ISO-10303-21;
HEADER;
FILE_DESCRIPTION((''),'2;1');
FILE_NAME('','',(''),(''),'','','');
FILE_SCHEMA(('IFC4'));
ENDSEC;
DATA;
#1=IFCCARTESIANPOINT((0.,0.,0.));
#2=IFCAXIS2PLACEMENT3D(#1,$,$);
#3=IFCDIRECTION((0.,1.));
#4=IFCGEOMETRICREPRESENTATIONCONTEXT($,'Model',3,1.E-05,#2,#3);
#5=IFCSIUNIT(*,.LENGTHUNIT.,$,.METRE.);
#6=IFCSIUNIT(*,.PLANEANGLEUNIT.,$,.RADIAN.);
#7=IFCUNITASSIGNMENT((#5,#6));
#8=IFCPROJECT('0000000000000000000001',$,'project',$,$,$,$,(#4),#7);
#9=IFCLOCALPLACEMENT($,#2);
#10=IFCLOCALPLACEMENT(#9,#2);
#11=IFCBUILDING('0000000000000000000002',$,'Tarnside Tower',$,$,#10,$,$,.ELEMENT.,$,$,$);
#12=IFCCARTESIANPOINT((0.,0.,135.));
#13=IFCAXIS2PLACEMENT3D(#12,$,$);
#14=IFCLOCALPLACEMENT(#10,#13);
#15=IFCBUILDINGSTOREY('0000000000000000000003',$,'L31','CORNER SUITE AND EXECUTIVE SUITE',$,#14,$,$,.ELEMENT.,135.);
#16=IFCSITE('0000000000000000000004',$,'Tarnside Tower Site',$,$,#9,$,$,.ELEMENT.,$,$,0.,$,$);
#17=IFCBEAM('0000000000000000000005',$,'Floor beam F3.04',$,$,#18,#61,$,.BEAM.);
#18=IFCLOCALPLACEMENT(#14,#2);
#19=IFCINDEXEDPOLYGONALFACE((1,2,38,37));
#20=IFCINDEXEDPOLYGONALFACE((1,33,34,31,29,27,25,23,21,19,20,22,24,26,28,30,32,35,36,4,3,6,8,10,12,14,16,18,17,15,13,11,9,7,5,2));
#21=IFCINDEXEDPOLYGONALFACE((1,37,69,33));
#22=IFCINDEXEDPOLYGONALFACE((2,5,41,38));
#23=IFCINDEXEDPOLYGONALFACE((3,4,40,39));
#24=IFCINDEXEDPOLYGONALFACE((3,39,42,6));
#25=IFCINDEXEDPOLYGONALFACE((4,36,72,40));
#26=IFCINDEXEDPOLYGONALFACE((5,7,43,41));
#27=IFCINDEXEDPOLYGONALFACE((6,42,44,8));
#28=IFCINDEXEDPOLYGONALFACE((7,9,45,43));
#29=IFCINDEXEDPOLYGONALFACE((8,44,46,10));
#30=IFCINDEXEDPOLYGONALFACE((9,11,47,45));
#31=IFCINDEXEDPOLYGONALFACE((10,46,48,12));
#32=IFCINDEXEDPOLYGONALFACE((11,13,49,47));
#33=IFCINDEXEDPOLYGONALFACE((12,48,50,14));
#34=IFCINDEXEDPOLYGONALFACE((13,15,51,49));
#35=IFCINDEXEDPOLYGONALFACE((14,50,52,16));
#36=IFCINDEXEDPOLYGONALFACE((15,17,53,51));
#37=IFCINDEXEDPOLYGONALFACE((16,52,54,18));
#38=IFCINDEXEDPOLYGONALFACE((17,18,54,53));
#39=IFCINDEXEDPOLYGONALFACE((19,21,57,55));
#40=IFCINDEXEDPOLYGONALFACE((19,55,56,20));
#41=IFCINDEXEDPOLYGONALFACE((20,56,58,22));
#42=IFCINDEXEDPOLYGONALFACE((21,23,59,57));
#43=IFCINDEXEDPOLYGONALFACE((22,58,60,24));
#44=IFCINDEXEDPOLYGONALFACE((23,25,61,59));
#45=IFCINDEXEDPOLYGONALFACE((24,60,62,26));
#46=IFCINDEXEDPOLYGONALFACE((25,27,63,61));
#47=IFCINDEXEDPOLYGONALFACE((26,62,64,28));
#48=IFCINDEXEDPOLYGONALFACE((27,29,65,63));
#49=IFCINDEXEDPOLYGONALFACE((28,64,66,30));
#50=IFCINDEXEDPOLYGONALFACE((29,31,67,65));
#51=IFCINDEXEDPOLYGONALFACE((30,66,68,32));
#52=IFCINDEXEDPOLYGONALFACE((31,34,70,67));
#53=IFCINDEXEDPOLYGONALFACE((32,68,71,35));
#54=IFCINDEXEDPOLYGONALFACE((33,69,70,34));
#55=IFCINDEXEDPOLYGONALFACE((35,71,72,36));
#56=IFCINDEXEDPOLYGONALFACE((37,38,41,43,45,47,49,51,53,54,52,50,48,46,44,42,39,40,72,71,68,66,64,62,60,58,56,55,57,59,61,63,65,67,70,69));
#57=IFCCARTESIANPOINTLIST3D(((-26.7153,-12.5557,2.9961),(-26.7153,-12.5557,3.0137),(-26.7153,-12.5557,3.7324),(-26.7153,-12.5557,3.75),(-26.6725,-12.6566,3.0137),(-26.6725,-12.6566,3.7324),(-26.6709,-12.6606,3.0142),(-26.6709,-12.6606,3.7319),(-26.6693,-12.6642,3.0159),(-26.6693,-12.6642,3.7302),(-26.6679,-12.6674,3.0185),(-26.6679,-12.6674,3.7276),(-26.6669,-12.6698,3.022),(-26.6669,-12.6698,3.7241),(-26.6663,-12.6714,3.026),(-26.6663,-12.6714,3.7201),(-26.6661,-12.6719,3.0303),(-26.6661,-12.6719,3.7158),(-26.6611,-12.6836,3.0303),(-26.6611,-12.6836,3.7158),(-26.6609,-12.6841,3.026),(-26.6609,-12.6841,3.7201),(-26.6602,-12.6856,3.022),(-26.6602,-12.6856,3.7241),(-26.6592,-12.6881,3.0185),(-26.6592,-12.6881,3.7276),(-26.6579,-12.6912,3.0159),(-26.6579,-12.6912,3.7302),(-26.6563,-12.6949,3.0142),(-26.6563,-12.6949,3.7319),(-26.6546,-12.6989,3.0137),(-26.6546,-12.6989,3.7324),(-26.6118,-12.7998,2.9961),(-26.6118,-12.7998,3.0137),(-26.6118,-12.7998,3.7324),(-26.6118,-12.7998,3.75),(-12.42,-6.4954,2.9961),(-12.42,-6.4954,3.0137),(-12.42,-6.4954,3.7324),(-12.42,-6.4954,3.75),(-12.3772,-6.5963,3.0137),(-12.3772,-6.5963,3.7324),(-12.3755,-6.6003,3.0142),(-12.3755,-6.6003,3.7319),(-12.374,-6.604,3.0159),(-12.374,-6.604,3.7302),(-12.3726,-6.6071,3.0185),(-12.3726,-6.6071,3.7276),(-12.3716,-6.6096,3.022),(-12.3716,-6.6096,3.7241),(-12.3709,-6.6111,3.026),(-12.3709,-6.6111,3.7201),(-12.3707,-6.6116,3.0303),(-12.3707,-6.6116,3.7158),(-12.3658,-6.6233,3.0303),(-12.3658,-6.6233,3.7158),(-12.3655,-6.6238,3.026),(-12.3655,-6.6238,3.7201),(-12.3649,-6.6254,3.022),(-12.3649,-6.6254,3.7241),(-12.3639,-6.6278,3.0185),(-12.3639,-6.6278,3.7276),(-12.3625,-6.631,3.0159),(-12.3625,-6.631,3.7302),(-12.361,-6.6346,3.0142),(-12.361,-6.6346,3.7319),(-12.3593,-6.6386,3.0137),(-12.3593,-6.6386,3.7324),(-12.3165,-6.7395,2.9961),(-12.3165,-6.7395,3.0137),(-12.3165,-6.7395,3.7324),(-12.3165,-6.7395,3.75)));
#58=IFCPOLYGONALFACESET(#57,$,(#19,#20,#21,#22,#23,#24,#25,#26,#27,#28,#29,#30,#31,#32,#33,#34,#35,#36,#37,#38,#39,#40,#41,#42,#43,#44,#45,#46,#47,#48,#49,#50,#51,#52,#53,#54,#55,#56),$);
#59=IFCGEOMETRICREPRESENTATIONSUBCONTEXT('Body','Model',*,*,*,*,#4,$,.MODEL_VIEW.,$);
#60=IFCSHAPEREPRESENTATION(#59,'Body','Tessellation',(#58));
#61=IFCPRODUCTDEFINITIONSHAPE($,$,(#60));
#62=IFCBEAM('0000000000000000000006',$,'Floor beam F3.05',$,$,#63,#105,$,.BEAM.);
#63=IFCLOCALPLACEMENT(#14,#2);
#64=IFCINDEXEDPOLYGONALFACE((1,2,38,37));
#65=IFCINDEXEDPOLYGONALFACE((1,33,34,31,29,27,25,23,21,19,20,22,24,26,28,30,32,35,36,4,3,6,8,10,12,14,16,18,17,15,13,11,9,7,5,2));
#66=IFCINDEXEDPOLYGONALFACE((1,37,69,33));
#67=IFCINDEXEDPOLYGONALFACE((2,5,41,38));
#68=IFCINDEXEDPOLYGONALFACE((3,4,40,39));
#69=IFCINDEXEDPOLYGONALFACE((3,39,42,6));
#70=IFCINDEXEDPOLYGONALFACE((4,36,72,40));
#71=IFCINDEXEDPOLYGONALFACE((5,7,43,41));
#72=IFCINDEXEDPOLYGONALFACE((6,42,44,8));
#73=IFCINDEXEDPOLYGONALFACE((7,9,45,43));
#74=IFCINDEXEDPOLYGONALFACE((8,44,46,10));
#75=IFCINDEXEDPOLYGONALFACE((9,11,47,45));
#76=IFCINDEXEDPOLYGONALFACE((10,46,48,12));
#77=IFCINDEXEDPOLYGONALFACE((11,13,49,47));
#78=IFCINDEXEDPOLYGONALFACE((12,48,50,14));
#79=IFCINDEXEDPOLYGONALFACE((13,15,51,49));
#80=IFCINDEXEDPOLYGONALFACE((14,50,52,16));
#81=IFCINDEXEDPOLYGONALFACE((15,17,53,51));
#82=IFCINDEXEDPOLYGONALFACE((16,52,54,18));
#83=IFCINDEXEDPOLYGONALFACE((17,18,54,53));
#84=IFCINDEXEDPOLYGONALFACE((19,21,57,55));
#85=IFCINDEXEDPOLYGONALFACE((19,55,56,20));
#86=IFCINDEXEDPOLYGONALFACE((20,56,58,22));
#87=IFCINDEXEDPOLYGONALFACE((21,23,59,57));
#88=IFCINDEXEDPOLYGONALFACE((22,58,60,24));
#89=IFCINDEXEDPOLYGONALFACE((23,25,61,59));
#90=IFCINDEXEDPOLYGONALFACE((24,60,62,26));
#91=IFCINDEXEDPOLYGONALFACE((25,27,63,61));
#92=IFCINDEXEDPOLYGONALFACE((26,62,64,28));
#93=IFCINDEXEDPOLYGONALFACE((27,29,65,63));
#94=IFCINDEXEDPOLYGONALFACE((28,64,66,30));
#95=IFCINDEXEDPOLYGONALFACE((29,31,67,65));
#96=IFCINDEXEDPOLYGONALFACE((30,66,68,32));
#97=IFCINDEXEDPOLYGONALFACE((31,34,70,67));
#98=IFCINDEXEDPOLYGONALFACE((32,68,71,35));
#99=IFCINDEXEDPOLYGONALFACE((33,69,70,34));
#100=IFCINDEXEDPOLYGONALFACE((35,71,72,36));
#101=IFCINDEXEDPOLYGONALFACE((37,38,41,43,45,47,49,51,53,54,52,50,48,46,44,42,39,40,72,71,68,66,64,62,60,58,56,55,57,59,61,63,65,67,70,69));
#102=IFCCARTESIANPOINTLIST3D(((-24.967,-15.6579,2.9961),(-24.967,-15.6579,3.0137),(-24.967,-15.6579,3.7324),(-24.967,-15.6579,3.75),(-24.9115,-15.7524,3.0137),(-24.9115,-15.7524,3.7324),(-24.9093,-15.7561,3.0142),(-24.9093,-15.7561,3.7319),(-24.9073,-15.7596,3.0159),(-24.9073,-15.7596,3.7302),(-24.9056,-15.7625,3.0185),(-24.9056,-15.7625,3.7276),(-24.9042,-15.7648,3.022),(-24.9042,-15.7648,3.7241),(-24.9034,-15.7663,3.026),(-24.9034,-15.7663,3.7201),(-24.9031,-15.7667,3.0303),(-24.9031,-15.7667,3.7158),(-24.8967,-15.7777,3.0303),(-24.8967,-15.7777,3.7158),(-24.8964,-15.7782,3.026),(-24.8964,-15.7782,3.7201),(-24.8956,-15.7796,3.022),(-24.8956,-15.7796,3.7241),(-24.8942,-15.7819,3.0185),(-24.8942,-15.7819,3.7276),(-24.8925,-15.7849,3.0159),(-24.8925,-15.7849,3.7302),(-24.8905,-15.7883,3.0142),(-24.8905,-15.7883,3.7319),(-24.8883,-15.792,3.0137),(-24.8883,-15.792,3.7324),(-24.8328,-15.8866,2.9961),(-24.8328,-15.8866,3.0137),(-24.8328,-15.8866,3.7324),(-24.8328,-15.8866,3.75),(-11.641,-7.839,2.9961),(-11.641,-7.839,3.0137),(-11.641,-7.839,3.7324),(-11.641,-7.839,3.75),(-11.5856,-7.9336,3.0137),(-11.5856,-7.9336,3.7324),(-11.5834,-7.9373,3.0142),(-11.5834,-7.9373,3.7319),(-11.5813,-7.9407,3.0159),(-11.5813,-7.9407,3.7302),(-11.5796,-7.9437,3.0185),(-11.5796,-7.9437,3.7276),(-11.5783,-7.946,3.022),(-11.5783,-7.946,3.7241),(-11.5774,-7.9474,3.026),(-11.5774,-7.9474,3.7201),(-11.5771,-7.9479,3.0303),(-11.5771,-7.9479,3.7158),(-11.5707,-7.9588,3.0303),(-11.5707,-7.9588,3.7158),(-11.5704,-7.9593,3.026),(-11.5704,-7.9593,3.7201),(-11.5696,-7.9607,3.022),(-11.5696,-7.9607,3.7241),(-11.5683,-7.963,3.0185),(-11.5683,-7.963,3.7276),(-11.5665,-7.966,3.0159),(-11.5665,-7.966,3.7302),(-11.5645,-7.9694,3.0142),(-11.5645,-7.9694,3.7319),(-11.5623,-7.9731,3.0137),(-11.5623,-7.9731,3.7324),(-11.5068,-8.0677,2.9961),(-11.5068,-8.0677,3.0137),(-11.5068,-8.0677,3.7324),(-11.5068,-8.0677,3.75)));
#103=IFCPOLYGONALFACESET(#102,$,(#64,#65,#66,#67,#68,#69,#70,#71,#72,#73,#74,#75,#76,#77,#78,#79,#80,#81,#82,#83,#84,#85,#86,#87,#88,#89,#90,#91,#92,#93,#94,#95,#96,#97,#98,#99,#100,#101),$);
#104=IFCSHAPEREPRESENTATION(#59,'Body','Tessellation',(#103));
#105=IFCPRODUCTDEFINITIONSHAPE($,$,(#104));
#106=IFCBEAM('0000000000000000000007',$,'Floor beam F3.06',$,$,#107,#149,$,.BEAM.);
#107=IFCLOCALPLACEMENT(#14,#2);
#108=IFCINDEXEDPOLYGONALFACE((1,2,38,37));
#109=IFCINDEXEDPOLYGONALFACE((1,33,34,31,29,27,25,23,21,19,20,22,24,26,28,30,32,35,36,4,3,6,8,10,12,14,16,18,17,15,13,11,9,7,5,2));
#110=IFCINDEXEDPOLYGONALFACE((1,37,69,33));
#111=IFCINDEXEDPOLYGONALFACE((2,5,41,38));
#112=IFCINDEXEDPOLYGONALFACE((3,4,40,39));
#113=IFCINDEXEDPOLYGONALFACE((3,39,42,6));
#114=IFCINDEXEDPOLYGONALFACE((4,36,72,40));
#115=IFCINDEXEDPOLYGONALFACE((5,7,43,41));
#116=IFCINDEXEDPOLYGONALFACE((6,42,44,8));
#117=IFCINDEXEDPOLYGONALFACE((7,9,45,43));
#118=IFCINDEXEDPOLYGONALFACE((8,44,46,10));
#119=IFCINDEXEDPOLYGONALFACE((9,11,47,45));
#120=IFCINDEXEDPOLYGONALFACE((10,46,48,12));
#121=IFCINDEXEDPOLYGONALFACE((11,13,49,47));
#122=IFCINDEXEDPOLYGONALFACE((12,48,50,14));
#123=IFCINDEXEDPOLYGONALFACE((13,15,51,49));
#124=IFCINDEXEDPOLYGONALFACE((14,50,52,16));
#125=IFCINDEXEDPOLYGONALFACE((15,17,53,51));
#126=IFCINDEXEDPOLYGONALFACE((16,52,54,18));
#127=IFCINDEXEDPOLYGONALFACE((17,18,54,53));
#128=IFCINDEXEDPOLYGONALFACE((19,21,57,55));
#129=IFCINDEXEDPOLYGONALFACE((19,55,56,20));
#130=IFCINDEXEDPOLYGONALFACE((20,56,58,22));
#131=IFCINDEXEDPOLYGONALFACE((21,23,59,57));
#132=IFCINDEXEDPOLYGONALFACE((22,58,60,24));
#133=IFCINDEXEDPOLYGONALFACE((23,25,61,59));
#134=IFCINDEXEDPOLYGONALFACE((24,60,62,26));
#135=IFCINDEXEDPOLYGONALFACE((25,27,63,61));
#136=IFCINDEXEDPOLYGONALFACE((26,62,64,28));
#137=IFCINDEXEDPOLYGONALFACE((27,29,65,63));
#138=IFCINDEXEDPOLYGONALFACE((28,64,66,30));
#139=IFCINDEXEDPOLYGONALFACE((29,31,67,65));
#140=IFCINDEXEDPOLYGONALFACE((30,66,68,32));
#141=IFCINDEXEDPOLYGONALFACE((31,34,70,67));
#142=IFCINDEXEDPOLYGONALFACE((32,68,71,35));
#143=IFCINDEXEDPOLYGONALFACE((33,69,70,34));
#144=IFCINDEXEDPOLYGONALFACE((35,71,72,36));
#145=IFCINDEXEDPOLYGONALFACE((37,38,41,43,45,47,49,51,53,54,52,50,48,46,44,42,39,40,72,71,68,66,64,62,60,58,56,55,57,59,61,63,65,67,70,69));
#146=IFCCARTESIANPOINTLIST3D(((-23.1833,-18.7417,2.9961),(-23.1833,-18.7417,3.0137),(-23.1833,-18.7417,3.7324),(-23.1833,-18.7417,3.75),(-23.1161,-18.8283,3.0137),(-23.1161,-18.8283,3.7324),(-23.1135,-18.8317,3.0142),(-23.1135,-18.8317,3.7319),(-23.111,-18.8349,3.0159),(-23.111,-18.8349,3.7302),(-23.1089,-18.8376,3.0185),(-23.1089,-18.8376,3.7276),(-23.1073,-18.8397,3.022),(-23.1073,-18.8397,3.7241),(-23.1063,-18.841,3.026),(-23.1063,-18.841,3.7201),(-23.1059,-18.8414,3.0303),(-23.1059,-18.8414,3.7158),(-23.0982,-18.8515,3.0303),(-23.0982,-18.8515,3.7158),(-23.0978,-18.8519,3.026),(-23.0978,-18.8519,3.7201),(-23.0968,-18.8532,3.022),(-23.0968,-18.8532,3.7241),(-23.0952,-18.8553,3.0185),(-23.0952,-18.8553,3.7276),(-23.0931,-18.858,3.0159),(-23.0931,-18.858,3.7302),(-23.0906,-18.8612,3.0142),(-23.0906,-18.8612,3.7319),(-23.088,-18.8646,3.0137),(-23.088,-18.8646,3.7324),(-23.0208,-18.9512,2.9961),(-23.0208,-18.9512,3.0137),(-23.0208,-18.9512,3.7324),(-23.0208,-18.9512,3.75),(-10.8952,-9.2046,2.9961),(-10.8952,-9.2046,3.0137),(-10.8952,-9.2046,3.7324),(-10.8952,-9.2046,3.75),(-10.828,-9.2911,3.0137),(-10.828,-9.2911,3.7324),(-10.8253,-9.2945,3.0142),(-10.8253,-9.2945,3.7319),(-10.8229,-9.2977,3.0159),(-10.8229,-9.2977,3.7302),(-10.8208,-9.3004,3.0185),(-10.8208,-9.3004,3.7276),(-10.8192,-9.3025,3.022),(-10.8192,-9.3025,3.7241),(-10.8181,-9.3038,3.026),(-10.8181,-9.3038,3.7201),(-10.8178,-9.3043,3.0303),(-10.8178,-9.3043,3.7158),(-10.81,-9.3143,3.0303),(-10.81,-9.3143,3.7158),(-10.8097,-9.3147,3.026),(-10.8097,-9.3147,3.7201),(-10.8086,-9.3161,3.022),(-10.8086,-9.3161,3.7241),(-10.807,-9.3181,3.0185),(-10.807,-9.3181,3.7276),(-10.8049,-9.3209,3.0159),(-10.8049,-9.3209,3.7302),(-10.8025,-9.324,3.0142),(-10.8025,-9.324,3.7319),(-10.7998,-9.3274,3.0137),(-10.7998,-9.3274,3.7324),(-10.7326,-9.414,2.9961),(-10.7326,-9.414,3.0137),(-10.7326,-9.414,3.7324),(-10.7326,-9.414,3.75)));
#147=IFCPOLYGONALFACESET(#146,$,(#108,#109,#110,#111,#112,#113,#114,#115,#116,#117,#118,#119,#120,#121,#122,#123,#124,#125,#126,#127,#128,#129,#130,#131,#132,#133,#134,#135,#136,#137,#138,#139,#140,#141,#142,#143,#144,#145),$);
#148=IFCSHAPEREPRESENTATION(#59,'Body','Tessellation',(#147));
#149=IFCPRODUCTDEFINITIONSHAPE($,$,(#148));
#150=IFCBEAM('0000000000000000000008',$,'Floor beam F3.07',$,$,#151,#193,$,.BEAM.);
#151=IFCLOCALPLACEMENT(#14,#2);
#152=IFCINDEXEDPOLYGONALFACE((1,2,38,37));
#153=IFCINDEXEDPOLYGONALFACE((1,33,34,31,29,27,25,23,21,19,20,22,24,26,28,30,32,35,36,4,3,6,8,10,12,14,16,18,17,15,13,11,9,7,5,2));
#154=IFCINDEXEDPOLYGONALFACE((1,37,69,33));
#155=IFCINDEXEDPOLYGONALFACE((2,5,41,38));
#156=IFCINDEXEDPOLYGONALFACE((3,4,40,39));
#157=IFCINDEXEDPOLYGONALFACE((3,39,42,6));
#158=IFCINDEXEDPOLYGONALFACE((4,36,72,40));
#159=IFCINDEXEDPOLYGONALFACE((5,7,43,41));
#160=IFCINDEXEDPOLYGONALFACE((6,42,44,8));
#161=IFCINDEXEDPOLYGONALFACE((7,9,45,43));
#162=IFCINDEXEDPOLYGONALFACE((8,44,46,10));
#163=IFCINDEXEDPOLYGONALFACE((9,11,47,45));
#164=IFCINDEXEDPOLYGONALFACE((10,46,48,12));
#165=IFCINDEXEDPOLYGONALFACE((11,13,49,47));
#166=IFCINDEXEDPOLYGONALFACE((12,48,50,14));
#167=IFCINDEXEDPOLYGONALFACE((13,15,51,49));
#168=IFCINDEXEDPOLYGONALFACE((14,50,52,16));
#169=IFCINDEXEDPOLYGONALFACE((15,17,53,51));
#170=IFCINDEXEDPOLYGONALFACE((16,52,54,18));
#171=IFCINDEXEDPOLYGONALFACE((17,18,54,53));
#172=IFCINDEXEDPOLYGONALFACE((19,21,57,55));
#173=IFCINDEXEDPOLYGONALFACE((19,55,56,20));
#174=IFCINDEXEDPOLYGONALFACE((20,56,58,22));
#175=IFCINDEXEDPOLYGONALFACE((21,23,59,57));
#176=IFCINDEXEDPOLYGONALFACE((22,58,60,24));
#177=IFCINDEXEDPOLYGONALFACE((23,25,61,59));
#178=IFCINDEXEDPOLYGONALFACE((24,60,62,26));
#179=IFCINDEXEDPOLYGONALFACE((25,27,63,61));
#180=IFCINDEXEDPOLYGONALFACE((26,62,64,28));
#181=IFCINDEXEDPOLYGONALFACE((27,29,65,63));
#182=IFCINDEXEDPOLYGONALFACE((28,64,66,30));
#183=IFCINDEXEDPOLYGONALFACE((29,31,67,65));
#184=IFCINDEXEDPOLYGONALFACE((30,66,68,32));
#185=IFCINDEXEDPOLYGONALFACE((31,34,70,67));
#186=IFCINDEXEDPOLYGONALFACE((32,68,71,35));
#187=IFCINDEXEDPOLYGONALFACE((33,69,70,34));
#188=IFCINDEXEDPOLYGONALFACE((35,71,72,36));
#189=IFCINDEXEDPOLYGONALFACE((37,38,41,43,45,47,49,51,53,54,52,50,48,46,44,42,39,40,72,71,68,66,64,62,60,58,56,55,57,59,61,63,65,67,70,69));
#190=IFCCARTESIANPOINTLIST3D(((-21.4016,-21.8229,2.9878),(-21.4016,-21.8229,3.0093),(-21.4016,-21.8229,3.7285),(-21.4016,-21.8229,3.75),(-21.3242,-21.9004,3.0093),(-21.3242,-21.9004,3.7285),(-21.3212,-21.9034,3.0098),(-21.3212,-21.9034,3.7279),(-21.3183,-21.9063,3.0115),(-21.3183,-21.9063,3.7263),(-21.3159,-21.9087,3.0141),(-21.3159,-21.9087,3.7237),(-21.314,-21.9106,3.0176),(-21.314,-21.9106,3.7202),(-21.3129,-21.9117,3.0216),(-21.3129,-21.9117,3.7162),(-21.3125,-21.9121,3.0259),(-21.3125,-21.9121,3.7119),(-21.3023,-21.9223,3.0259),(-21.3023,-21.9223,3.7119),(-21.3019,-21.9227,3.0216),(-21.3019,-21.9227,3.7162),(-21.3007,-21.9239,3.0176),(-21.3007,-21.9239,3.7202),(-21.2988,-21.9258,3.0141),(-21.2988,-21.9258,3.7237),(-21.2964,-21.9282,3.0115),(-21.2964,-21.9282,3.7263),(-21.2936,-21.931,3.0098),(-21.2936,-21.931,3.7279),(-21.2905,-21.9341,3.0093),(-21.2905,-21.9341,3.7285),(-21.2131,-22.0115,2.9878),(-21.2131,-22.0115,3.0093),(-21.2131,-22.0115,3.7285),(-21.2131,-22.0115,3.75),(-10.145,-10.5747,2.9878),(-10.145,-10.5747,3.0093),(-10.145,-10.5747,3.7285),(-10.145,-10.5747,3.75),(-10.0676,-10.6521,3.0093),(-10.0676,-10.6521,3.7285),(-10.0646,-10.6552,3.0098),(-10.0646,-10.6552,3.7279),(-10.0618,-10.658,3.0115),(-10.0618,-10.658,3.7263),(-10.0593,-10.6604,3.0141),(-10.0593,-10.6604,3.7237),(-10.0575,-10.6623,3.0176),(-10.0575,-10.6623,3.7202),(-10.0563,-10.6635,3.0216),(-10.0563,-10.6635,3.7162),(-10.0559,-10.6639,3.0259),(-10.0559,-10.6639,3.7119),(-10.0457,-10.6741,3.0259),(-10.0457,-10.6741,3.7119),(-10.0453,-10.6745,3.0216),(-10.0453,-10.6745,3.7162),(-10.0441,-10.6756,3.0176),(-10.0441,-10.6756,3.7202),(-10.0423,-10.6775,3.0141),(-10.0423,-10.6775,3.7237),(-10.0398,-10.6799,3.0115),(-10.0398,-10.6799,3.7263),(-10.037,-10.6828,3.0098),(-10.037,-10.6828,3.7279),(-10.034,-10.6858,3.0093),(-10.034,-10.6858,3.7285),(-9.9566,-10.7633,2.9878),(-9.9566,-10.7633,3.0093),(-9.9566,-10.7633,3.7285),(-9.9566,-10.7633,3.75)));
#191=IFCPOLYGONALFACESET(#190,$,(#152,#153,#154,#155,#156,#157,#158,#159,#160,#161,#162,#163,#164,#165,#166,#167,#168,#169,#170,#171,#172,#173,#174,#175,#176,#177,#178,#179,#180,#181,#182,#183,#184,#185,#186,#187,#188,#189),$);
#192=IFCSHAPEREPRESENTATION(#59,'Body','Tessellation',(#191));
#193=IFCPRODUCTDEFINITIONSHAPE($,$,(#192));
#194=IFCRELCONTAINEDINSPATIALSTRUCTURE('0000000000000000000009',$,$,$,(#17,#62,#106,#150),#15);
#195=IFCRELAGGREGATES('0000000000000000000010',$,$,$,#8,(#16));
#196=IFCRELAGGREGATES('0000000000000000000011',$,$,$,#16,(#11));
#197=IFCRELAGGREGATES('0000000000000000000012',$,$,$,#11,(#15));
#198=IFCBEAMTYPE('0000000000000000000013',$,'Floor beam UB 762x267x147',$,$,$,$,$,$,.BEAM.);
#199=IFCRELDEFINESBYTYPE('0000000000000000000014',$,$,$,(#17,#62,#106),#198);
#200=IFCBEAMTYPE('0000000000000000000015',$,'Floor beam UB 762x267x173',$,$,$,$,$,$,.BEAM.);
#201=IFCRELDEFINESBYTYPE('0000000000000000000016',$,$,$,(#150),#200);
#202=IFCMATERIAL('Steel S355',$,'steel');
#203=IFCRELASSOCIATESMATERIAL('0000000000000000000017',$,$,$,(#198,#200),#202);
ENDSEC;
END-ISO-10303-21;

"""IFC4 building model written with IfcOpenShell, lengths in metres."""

from ifc_helpers import new_model, si_unit, direction, frame, origin, origin_2d, place, context, subcontext, project, spatial, i_section, extrude, material, material_profile, profile_set, type_object, element, save


model = new_model("IFC4")

# Units and contexts
model_context = context("Model", 3, precision=1e-05, world=origin(), true_north=direction((0.0, 1.0)))
body_context = subcontext(model_context, "Body", "Model", "MODEL_VIEW")
ifc_project = project(units=[si_unit("LENGTHUNIT", "METRE"), si_unit("PLANEANGLEUNIT", "RADIAN")], contexts=[model_context])

# Site, building, storey
site_placement = place(None, origin())
site = spatial("IfcSite", under=ifc_project, at=site_placement, Name="Tarnside Tower Site", CompositionType="ELEMENT", RefElevation=0.0)
building_placement = place(site_placement, origin())
building = spatial("IfcBuilding", under=site, at=building_placement, Name="Tarnside Tower", CompositionType="ELEMENT")
storey_placement = place(building_placement, frame((0.0, 0.0, 135.0)))
storey = spatial("IfcBuildingStorey", under=building, at=storey_placement, Name="L31", Description="CORNER SUITE AND EXECUTIVE SUITE", CompositionType="ELEMENT", Elevation=135.0)

# Beams
ifc_material_1 = material(Name="Steel S355", Category="steel")
ifc_material_profile_1 = material_profile(ifc_material_1, i_section(OverallWidth=0.2651, OverallDepth=0.7539, WebThickness=0.0127, FlangeThickness=0.0176, FilletRadius=0.0166, at=origin_2d()), Name="UB 762x267x147")
ifc_profile_set_1 = profile_set([ifc_material_profile_1], Name="Steel S355")
beam_type_1 = type_object("IfcBeamType", Name="Floor beam UB 762x267x147", PredefinedType="BEAM", material=ifc_profile_set_1)
beam_1_placement = place(storey_placement, frame((-26.6636, -12.6777, 3.373), z_axis=(0.920684, 0.390309, 0.0), x_axis=(-0.390309, 0.920684, 0.0)))
element("IfcBeam", 1, at=beam_1_placement, inside=storey, type_object=beam_type_1, Name="Floor beam F3.04", PredefinedType="BEAM", context=body_context, shape_type="SweptSolid", body=[
    extrude(i_section(OverallWidth=0.2651, OverallDepth=0.7539, WebThickness=0.0127, FlangeThickness=0.0176, FilletRadius=0.0166, at=origin_2d()), origin(), (0.0, 0.0, 1.0), 15.5269),
])
beam_2_placement = place(storey_placement, frame((-24.8999, -15.7722, 3.373), z_axis=(0.862498, 0.506061, 0.0), x_axis=(-0.506061, 0.862498, 0.0)))
element("IfcBeam", 2, at=beam_2_placement, inside=storey, type_object=beam_type_1, Name="Floor beam F3.05", PredefinedType="BEAM", context=body_context, shape_type="SweptSolid", body=[
    extrude(i_section(OverallWidth=0.2651, OverallDepth=0.7539, WebThickness=0.0127, FlangeThickness=0.0176, FilletRadius=0.0166, at=origin_2d()), origin(), (0.0, 0.0, 1.0), 15.4504),
])
beam_3_placement = place(storey_placement, frame((-23.1021, -18.8464, 3.373), z_axis=(0.789984, 0.613128, 0.0), x_axis=(-0.613128, 0.789984, 0.0)))
element("IfcBeam", 3, at=beam_3_placement, inside=storey, type_object=beam_type_1, Name="Floor beam F3.06", PredefinedType="BEAM", context=body_context, shape_type="SweptSolid", body=[
    extrude(i_section(OverallWidth=0.2651, OverallDepth=0.7539, WebThickness=0.0127, FlangeThickness=0.0176, FilletRadius=0.0166, at=origin_2d()), origin(), (0.0, 0.0, 1.0), 15.5549),
])
ifc_material_profile_2 = material_profile(ifc_material_1, i_section(OverallWidth=0.2666, OverallDepth=0.7622, WebThickness=0.0144, FlangeThickness=0.0215, FilletRadius=0.0166, at=origin_2d()), Name="UB 762x267x173")
ifc_profile_set_2 = profile_set([ifc_material_profile_2], Name="Steel S355")
beam_type_2 = type_object("IfcBeamType", Name="Floor beam UB 762x267x173", PredefinedType="BEAM", material=ifc_profile_set_2)
beam_4_placement = place(storey_placement, frame((-21.3074, -21.9172, 3.3689), z_axis=(0.707368, 0.706846, 0.0), x_axis=(-0.706846, 0.707368, 0.0)))
element("IfcBeam", 4, at=beam_4_placement, inside=storey, type_object=beam_type_2, Name="Floor beam F3.07", PredefinedType="BEAM", context=body_context, shape_type="SweptSolid", body=[
    extrude(i_section(OverallWidth=0.2666, OverallDepth=0.7622, WebThickness=0.0144, FlangeThickness=0.0215, FilletRadius=0.0166, at=origin_2d()), origin(), (0.0, 0.0, 1.0), 15.9133),
])

save(model, "model.ifc")
